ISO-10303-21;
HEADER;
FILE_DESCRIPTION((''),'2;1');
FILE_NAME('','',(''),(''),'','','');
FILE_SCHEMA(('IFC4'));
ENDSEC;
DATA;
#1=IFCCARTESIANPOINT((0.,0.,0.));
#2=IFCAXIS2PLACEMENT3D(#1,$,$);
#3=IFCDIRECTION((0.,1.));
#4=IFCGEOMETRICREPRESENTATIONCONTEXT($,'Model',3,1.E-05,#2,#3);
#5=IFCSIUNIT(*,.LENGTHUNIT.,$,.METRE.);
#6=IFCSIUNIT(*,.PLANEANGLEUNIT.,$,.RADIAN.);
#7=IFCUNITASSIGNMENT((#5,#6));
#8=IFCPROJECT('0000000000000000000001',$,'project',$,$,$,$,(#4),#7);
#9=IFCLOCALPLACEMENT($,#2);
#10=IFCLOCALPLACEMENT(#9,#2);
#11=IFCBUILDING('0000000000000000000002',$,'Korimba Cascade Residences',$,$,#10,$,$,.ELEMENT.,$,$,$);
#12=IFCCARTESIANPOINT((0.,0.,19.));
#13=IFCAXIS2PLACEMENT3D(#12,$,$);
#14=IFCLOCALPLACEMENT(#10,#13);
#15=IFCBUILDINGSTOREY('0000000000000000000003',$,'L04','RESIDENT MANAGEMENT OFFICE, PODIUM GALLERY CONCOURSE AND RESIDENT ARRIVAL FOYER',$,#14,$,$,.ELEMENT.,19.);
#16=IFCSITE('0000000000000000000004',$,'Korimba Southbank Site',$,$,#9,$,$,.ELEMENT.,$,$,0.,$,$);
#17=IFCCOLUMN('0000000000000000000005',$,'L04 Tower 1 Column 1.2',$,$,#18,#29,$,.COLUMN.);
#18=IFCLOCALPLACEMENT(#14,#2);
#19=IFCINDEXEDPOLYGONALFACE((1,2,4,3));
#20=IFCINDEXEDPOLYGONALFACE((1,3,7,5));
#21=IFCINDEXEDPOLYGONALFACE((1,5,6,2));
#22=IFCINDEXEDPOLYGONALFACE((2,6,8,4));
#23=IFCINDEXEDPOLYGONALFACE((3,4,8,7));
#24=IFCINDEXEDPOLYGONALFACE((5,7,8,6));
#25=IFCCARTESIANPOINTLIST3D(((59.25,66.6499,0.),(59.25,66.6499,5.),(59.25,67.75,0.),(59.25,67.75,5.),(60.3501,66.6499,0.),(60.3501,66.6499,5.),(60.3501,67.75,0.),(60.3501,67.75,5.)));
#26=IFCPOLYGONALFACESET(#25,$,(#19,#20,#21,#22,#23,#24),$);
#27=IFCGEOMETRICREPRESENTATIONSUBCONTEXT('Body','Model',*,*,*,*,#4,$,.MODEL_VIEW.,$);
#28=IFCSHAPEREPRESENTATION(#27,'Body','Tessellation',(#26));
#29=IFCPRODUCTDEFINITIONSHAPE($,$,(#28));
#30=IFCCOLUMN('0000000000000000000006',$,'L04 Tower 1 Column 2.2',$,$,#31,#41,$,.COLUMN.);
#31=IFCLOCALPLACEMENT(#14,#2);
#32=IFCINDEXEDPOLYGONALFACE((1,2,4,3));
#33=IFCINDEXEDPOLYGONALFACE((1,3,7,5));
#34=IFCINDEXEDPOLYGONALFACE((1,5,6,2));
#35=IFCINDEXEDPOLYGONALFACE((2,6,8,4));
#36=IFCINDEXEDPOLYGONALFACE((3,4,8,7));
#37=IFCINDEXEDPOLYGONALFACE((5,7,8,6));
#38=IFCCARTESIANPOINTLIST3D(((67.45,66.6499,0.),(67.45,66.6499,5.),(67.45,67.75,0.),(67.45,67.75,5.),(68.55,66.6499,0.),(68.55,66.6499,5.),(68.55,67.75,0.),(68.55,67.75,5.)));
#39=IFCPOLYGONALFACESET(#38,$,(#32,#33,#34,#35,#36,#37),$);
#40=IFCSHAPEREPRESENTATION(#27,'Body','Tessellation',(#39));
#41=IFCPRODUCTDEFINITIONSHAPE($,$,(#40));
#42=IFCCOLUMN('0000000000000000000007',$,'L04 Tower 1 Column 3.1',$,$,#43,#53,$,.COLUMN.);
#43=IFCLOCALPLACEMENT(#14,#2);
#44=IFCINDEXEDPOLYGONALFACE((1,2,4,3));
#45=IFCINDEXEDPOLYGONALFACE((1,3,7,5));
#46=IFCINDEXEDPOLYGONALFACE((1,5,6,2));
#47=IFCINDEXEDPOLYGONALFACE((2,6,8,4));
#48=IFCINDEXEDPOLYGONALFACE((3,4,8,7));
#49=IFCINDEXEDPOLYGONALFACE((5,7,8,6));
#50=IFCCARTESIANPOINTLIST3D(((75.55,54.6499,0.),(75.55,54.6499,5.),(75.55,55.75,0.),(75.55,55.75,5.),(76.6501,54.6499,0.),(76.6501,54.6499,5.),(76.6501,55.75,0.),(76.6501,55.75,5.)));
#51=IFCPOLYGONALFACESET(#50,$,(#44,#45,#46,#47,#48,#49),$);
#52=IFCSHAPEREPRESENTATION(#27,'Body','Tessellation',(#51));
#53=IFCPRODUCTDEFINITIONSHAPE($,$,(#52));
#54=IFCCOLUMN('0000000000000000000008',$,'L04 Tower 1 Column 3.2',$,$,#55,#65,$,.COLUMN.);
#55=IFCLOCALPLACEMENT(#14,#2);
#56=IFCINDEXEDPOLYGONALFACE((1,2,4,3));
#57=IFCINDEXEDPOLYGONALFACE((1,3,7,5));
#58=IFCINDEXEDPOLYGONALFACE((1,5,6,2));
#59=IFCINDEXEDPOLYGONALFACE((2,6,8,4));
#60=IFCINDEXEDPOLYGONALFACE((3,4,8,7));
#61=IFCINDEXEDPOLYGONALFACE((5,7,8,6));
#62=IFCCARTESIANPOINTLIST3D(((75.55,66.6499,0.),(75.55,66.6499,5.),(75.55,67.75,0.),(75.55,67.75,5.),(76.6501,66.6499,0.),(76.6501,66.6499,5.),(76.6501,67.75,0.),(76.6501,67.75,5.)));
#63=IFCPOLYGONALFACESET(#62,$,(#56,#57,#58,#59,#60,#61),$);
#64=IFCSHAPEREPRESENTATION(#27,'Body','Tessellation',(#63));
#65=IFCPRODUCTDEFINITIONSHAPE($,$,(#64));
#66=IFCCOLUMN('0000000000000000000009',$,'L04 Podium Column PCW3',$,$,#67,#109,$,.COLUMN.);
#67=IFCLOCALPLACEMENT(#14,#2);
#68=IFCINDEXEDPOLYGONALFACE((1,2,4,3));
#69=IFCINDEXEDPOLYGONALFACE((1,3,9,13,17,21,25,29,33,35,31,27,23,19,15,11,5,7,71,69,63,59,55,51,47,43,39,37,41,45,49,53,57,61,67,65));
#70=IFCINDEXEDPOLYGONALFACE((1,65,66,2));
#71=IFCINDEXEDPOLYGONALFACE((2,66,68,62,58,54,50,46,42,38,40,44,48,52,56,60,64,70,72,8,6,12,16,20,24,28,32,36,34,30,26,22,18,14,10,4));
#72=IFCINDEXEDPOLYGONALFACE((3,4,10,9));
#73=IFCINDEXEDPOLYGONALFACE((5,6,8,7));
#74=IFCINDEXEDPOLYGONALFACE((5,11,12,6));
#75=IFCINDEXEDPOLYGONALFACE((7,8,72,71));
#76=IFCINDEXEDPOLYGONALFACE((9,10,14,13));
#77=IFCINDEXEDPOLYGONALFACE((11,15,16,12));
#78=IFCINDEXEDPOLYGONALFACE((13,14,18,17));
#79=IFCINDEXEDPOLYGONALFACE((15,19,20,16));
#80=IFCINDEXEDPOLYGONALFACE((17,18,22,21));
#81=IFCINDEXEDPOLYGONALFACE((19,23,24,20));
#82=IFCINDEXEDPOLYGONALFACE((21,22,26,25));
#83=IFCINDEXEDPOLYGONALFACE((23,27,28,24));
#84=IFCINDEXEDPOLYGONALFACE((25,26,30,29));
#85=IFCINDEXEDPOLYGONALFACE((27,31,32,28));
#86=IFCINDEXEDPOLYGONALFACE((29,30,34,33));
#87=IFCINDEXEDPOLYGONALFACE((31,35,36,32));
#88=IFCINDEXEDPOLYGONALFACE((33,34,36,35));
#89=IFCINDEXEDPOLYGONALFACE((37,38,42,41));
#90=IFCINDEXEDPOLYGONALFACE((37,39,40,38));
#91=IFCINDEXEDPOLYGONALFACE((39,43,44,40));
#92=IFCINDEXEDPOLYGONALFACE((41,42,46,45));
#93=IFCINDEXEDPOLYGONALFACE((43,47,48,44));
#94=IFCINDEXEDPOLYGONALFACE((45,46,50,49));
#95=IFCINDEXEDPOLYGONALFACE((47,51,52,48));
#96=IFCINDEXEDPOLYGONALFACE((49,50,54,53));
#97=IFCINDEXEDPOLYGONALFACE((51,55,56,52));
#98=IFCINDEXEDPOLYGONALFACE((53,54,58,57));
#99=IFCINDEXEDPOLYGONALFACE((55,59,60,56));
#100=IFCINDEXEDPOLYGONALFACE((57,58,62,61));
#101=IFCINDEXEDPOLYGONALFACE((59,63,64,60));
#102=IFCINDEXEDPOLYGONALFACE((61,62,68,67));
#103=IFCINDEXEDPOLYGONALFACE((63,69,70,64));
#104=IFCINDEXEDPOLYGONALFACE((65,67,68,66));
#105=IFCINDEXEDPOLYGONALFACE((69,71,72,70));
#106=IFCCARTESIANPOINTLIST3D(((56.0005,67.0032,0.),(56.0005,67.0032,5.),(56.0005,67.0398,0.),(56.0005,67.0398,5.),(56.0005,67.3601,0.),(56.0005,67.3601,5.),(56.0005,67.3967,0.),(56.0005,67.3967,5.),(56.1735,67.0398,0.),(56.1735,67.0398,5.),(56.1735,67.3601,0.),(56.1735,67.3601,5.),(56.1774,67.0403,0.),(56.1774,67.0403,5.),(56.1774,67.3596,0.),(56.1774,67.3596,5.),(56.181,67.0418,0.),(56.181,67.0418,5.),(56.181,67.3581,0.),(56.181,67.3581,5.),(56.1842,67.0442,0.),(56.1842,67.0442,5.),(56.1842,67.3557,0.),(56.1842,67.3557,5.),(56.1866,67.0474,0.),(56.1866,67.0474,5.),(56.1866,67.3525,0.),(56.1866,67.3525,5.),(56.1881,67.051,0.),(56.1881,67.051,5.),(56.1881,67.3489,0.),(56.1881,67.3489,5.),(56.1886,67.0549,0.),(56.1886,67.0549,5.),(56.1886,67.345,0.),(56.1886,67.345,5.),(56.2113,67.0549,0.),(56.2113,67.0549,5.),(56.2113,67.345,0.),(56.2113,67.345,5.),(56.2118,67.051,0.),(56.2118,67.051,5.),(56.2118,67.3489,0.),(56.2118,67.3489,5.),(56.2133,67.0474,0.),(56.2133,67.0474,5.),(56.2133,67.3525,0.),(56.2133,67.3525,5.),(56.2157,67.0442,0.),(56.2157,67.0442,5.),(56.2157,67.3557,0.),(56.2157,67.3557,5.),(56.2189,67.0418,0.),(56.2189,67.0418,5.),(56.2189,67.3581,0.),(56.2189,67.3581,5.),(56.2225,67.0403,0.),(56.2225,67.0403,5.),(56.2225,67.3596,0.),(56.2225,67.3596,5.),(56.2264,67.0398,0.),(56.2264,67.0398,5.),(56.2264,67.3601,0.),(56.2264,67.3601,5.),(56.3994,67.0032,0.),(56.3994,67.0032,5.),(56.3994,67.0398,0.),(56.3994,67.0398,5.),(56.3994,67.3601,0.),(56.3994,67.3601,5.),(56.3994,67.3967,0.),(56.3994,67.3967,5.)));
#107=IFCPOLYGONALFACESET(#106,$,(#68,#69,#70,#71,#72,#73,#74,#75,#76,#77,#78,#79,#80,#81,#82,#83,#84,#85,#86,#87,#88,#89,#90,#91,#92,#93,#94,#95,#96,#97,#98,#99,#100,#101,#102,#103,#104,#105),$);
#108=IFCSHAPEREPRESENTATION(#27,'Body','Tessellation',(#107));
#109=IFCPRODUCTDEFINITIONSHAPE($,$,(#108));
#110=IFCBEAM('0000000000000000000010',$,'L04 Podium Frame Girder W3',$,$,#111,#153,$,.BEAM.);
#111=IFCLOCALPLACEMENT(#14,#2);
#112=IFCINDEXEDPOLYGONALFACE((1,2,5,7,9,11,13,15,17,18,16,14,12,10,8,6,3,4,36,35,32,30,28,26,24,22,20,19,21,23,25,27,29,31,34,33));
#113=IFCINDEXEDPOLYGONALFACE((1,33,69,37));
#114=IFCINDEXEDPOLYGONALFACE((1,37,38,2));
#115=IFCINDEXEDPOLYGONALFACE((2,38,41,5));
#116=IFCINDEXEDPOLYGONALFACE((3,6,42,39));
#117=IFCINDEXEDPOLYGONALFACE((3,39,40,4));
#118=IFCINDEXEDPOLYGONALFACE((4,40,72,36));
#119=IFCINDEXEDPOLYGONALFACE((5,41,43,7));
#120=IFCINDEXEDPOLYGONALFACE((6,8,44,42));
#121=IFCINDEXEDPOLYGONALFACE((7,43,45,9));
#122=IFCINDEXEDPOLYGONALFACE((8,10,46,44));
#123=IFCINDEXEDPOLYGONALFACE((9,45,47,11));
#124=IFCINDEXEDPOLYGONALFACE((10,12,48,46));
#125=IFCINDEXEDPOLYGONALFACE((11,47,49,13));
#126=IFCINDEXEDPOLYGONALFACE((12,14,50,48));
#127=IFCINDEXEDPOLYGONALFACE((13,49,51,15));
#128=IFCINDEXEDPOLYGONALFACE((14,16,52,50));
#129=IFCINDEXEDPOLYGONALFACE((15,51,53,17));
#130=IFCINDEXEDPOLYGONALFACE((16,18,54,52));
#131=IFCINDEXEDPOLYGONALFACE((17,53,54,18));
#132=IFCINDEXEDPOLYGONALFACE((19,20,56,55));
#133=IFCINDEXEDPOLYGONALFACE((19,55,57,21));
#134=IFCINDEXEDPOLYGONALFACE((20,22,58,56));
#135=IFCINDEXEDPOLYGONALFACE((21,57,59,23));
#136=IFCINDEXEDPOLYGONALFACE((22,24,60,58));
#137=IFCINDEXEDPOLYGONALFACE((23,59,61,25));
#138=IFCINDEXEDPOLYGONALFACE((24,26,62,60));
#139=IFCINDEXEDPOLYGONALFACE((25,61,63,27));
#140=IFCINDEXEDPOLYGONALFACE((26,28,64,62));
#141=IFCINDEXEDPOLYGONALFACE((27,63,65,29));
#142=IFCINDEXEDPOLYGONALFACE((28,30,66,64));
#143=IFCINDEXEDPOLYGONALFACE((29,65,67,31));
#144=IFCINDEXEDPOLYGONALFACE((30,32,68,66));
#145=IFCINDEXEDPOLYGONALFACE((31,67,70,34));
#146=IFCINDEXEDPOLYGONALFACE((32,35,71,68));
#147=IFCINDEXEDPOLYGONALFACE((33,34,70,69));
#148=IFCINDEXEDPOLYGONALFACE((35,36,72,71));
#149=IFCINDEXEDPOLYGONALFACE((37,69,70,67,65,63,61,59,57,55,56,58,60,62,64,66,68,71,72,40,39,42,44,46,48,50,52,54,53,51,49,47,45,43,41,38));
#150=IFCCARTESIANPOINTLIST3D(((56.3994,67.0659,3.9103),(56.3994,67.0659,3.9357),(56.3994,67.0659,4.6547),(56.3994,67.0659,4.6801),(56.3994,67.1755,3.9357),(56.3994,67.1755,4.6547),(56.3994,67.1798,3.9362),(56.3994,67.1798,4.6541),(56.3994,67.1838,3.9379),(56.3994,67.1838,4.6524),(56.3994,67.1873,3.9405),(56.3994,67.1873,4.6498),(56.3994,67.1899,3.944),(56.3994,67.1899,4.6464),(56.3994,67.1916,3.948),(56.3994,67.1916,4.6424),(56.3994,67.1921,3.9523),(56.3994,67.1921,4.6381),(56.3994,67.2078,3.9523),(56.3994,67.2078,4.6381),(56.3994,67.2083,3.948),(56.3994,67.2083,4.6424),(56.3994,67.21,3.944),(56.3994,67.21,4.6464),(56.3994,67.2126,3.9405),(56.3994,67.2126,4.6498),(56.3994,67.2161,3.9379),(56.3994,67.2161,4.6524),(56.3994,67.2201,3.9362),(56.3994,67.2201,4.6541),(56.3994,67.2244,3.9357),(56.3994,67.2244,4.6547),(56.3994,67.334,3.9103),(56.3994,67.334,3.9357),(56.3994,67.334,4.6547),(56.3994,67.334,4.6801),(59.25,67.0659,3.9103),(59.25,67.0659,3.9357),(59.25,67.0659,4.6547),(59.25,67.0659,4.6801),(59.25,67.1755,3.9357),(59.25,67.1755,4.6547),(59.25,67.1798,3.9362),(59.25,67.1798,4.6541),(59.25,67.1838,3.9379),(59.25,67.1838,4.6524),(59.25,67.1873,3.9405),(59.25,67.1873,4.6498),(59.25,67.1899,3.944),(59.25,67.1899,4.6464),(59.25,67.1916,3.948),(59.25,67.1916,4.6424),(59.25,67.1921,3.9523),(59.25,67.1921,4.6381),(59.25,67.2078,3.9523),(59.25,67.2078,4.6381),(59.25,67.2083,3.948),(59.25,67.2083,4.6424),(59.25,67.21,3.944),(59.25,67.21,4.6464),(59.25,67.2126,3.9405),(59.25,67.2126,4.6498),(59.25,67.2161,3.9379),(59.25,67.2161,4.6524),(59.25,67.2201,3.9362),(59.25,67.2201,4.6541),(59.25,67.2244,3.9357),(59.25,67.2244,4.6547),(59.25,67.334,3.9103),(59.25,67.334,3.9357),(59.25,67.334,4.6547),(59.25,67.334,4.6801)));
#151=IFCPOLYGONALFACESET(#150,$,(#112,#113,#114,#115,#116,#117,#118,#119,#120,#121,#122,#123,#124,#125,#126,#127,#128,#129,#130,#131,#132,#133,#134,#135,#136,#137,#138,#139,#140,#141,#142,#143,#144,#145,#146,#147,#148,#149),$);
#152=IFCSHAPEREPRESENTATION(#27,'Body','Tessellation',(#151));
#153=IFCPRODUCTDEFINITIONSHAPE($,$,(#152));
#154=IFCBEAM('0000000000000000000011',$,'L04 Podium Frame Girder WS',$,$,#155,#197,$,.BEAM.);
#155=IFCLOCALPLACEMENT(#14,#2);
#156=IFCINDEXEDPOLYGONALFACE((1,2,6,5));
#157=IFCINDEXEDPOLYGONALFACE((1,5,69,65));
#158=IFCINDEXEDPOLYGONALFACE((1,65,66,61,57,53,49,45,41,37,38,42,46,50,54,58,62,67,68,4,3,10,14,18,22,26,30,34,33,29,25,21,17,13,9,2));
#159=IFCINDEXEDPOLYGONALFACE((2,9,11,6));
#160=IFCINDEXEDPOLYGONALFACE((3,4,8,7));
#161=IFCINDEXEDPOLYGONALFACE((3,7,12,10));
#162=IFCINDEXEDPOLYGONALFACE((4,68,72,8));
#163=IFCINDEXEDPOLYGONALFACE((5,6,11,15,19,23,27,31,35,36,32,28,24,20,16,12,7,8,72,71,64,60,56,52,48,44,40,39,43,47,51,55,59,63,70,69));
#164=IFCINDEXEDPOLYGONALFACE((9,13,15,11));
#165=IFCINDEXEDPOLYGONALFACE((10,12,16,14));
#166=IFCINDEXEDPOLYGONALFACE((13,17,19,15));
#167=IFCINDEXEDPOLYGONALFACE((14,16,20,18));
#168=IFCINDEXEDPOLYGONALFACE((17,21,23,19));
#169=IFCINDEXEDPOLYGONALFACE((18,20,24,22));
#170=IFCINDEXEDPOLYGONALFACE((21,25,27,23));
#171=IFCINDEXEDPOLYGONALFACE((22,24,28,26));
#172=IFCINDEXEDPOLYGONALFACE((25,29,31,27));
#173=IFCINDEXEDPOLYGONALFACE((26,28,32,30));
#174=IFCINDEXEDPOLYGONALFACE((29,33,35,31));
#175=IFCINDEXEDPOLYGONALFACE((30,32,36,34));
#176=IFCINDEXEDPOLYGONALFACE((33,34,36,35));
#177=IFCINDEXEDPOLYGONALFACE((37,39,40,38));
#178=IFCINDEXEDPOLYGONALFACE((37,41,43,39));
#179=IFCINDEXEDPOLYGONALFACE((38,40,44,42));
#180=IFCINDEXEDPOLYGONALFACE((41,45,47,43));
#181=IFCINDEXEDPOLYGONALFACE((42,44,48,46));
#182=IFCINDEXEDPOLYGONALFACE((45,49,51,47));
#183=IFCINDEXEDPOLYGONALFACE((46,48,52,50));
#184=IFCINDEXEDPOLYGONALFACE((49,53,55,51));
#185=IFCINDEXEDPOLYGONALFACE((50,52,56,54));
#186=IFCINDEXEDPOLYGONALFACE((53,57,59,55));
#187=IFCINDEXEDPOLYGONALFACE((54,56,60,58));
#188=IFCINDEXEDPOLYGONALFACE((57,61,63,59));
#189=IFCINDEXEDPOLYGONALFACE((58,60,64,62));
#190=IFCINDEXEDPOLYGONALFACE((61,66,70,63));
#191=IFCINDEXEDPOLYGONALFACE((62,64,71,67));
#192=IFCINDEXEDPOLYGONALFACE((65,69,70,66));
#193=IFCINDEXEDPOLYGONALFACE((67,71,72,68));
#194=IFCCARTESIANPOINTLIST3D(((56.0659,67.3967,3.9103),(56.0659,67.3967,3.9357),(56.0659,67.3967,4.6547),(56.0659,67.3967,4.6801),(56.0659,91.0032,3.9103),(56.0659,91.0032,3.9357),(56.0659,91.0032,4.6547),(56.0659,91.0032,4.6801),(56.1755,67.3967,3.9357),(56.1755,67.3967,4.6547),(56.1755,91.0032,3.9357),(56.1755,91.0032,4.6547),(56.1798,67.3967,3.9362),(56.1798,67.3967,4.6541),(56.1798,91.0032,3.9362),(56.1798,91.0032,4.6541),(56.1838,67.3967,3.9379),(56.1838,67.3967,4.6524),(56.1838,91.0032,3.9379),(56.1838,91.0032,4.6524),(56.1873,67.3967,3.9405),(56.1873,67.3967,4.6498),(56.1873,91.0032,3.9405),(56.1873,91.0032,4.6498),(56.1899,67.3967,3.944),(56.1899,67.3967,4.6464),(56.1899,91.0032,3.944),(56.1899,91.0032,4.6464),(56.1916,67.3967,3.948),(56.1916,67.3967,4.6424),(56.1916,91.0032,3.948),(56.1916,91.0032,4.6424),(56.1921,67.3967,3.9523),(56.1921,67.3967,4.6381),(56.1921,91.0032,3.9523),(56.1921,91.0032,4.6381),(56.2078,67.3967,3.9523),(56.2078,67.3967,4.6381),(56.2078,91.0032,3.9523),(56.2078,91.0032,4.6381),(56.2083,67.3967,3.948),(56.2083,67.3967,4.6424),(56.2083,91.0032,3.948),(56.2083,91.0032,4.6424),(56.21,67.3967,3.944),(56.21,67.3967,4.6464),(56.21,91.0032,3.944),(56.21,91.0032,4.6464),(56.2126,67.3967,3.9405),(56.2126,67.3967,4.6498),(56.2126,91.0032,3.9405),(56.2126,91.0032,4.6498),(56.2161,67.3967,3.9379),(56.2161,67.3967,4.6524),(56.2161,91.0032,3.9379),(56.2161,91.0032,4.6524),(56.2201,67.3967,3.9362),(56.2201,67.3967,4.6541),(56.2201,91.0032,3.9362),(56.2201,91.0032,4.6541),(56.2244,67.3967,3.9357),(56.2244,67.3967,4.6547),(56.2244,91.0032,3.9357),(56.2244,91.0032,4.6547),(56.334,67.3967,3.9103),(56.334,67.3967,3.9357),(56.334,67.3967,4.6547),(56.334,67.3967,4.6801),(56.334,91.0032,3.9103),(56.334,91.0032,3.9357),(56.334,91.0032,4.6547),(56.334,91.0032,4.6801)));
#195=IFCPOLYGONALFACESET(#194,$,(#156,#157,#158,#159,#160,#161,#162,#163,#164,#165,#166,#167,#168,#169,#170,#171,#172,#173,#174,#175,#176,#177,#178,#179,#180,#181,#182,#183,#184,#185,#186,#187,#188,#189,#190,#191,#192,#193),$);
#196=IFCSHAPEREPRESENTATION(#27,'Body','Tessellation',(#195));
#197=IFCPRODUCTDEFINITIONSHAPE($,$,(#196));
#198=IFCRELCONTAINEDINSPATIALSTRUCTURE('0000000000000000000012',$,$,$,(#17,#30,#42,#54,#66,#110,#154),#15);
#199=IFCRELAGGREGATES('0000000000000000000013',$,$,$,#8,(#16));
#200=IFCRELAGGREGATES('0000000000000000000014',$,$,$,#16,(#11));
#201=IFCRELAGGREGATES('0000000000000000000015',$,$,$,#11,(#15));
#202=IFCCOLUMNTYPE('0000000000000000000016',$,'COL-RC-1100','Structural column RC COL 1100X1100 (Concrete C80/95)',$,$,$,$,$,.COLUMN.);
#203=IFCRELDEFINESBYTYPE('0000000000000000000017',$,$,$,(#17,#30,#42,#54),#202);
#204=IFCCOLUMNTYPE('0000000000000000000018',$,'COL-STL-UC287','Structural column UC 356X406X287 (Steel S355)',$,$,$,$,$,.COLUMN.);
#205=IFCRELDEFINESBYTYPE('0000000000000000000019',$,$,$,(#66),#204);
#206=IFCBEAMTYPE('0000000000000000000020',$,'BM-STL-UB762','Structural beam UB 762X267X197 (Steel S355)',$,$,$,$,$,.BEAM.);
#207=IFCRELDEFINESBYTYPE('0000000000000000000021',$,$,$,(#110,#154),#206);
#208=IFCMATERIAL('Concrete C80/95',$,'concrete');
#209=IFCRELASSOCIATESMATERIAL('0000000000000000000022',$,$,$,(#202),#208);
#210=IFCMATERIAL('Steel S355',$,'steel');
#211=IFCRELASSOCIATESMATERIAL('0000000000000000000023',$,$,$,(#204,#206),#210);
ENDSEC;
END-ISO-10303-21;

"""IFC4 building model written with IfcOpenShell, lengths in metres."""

from ifc_helpers import new_model, si_unit, direction, frame, origin, origin_2d, place, context, subcontext, project, spatial, rectangle, i_section, extrude, material, material_profile, profile_set, type_object, element, save


model = new_model("IFC4")

# Units and contexts
model_context = context("Model", 3, precision=1e-05, world=origin(), true_north=direction((0.0, 1.0)))
body_context = subcontext(model_context, "Body", "Model", "MODEL_VIEW")
ifc_project = project(units=[si_unit("LENGTHUNIT", "METRE"), si_unit("PLANEANGLEUNIT", "RADIAN")], contexts=[model_context])

# Site, building, storey
site_placement = place(None, origin())
site = spatial("IfcSite", under=ifc_project, at=site_placement, Name="Korimba Southbank Site", CompositionType="ELEMENT", RefElevation=0.0)
building_placement = place(site_placement, origin())
building = spatial("IfcBuilding", under=site, at=building_placement, Name="Korimba Cascade Residences", CompositionType="ELEMENT")
storey_placement = place(building_placement, frame((0.0, 0.0, 19.0)))
storey = spatial("IfcBuildingStorey", under=building, at=storey_placement, Name="L04", Description="RESIDENT MANAGEMENT OFFICE, PODIUM GALLERY CONCOURSE AND RESIDENT ARRIVAL FOYER", CompositionType="ELEMENT", Elevation=19.0)

# Columns
ifc_material_1 = material(Name="Concrete C80/95", Category="concrete")
ifc_material_profile_1 = material_profile(ifc_material_1, rectangle(XDim=1.1001, YDim=1.1001, at=origin_2d()), Name="Concrete C80/95")
ifc_profile_set_1 = profile_set([ifc_material_profile_1], Name="Concrete C80/95")
column_type_1 = type_object("IfcColumnType", Name="COL-RC-1100", Description="Structural column RC COL 1100X1100 (Concrete C80/95)", PredefinedType="COLUMN", material=ifc_profile_set_1)
for number, where, z_axis, x_axis, name in (
    (1, (59.8, 67.2, 0.0), (0.0, 0.0, 1.0), (1.0, 0.0, 0.0), "L04 Tower 1 Column 1.2"),
    (2, (68.0, 67.2, 0.0), (0.0, 0.0, 1.0), (1.0, 0.0, 0.0), "L04 Tower 1 Column 2.2"),
    (3, (76.1001, 55.2, 0.0), (0.0, 0.0, 1.0), (1.0, 0.0, 0.0), "L04 Tower 1 Column 3.1"),
    (4, (76.1001, 67.2, 0.0), (0.0, 0.0, 1.0), (1.0, 0.0, 0.0), "L04 Tower 1 Column 3.2"),
):
    element("IfcColumn", number, at=place(storey_placement, frame(where, z_axis=z_axis, x_axis=x_axis)), inside=storey, type_object=column_type_1, Name=name, PredefinedType="COLUMN", context=body_context, shape_type="SweptSolid", body=[
        extrude(rectangle(XDim=1.1001, YDim=1.1001, at=origin_2d()), origin(), (0.0, 0.0, 1.0), 5.0),
    ])
ifc_material_2 = material(Name="Steel S355", Category="steel")
ifc_material_profile_2 = material_profile(ifc_material_2, i_section(OverallWidth=0.3989, OverallDepth=0.3936, WebThickness=0.0227, FlangeThickness=0.0366, FilletRadius=0.0151, at=origin_2d()), Name="Steel S355")
ifc_profile_set_2 = profile_set([ifc_material_profile_2], Name="Steel S355")
column_type_2 = type_object("IfcColumnType", Name="COL-STL-UC287", Description="Structural column UC 356X406X287 (Steel S355)", PredefinedType="COLUMN", material=ifc_profile_set_2)
column_placement = place(storey_placement, frame((56.2, 67.2, 0.0), z_axis=(0.0, 0.0, 1.0), x_axis=(1.0, 0.0, 0.0)))
element("IfcColumn", 5, at=column_placement, inside=storey, type_object=column_type_2, Name="L04 Podium Column PCW3", PredefinedType="COLUMN", context=body_context, shape_type="SweptSolid", body=[
    extrude(i_section(OverallWidth=0.3989, OverallDepth=0.3936, WebThickness=0.0227, FlangeThickness=0.0366, FilletRadius=0.0151, at=origin_2d()), origin(), (0.0, 0.0, 1.0), 5.0),
])

# Beams
ifc_material_profile_3 = material_profile(ifc_material_2, i_section(OverallWidth=0.2681, OverallDepth=0.7698, WebThickness=0.0156, FlangeThickness=0.0254, FilletRadius=0.0166, at=origin_2d()), Name="Steel S355")
ifc_profile_set_3 = profile_set([ifc_material_profile_3], Name="Steel S355")
beam_type_1 = type_object("IfcBeamType", Name="BM-STL-UB762", Description="Structural beam UB 762X267X197 (Steel S355)", PredefinedType="BEAM", material=ifc_profile_set_3)
beam_1_placement = place(storey_placement, frame((56.3994, 67.2, 4.2952), z_axis=(1.0, 0.0, 0.0), x_axis=(0.0, 1.0, 0.0)))
element("IfcBeam", 6, at=beam_1_placement, inside=storey, type_object=beam_type_1, Name="L04 Podium Frame Girder W3", PredefinedType="BEAM", context=body_context, shape_type="SweptSolid", body=[
    extrude(i_section(OverallWidth=0.2681, OverallDepth=0.7698, WebThickness=0.0156, FlangeThickness=0.0254, FilletRadius=0.0166, at=origin_2d()), origin(), (0.0, 0.0, 1.0), 2.8506),
])
beam_2_placement = place(storey_placement, frame((56.2, 67.3967, 4.2952), z_axis=(0.0, 1.0, 0.0), x_axis=(-1.0, 0.0, 0.0)))
element("IfcBeam", 7, at=beam_2_placement, inside=storey, type_object=beam_type_1, Name="L04 Podium Frame Girder WS", PredefinedType="BEAM", context=body_context, shape_type="SweptSolid", body=[
    extrude(i_section(OverallWidth=0.2681, OverallDepth=0.7698, WebThickness=0.0156, FlangeThickness=0.0254, FilletRadius=0.0166, at=origin_2d()), origin(), (0.0, 0.0, 1.0), 23.6064),
])

save(model, "model.ifc")
